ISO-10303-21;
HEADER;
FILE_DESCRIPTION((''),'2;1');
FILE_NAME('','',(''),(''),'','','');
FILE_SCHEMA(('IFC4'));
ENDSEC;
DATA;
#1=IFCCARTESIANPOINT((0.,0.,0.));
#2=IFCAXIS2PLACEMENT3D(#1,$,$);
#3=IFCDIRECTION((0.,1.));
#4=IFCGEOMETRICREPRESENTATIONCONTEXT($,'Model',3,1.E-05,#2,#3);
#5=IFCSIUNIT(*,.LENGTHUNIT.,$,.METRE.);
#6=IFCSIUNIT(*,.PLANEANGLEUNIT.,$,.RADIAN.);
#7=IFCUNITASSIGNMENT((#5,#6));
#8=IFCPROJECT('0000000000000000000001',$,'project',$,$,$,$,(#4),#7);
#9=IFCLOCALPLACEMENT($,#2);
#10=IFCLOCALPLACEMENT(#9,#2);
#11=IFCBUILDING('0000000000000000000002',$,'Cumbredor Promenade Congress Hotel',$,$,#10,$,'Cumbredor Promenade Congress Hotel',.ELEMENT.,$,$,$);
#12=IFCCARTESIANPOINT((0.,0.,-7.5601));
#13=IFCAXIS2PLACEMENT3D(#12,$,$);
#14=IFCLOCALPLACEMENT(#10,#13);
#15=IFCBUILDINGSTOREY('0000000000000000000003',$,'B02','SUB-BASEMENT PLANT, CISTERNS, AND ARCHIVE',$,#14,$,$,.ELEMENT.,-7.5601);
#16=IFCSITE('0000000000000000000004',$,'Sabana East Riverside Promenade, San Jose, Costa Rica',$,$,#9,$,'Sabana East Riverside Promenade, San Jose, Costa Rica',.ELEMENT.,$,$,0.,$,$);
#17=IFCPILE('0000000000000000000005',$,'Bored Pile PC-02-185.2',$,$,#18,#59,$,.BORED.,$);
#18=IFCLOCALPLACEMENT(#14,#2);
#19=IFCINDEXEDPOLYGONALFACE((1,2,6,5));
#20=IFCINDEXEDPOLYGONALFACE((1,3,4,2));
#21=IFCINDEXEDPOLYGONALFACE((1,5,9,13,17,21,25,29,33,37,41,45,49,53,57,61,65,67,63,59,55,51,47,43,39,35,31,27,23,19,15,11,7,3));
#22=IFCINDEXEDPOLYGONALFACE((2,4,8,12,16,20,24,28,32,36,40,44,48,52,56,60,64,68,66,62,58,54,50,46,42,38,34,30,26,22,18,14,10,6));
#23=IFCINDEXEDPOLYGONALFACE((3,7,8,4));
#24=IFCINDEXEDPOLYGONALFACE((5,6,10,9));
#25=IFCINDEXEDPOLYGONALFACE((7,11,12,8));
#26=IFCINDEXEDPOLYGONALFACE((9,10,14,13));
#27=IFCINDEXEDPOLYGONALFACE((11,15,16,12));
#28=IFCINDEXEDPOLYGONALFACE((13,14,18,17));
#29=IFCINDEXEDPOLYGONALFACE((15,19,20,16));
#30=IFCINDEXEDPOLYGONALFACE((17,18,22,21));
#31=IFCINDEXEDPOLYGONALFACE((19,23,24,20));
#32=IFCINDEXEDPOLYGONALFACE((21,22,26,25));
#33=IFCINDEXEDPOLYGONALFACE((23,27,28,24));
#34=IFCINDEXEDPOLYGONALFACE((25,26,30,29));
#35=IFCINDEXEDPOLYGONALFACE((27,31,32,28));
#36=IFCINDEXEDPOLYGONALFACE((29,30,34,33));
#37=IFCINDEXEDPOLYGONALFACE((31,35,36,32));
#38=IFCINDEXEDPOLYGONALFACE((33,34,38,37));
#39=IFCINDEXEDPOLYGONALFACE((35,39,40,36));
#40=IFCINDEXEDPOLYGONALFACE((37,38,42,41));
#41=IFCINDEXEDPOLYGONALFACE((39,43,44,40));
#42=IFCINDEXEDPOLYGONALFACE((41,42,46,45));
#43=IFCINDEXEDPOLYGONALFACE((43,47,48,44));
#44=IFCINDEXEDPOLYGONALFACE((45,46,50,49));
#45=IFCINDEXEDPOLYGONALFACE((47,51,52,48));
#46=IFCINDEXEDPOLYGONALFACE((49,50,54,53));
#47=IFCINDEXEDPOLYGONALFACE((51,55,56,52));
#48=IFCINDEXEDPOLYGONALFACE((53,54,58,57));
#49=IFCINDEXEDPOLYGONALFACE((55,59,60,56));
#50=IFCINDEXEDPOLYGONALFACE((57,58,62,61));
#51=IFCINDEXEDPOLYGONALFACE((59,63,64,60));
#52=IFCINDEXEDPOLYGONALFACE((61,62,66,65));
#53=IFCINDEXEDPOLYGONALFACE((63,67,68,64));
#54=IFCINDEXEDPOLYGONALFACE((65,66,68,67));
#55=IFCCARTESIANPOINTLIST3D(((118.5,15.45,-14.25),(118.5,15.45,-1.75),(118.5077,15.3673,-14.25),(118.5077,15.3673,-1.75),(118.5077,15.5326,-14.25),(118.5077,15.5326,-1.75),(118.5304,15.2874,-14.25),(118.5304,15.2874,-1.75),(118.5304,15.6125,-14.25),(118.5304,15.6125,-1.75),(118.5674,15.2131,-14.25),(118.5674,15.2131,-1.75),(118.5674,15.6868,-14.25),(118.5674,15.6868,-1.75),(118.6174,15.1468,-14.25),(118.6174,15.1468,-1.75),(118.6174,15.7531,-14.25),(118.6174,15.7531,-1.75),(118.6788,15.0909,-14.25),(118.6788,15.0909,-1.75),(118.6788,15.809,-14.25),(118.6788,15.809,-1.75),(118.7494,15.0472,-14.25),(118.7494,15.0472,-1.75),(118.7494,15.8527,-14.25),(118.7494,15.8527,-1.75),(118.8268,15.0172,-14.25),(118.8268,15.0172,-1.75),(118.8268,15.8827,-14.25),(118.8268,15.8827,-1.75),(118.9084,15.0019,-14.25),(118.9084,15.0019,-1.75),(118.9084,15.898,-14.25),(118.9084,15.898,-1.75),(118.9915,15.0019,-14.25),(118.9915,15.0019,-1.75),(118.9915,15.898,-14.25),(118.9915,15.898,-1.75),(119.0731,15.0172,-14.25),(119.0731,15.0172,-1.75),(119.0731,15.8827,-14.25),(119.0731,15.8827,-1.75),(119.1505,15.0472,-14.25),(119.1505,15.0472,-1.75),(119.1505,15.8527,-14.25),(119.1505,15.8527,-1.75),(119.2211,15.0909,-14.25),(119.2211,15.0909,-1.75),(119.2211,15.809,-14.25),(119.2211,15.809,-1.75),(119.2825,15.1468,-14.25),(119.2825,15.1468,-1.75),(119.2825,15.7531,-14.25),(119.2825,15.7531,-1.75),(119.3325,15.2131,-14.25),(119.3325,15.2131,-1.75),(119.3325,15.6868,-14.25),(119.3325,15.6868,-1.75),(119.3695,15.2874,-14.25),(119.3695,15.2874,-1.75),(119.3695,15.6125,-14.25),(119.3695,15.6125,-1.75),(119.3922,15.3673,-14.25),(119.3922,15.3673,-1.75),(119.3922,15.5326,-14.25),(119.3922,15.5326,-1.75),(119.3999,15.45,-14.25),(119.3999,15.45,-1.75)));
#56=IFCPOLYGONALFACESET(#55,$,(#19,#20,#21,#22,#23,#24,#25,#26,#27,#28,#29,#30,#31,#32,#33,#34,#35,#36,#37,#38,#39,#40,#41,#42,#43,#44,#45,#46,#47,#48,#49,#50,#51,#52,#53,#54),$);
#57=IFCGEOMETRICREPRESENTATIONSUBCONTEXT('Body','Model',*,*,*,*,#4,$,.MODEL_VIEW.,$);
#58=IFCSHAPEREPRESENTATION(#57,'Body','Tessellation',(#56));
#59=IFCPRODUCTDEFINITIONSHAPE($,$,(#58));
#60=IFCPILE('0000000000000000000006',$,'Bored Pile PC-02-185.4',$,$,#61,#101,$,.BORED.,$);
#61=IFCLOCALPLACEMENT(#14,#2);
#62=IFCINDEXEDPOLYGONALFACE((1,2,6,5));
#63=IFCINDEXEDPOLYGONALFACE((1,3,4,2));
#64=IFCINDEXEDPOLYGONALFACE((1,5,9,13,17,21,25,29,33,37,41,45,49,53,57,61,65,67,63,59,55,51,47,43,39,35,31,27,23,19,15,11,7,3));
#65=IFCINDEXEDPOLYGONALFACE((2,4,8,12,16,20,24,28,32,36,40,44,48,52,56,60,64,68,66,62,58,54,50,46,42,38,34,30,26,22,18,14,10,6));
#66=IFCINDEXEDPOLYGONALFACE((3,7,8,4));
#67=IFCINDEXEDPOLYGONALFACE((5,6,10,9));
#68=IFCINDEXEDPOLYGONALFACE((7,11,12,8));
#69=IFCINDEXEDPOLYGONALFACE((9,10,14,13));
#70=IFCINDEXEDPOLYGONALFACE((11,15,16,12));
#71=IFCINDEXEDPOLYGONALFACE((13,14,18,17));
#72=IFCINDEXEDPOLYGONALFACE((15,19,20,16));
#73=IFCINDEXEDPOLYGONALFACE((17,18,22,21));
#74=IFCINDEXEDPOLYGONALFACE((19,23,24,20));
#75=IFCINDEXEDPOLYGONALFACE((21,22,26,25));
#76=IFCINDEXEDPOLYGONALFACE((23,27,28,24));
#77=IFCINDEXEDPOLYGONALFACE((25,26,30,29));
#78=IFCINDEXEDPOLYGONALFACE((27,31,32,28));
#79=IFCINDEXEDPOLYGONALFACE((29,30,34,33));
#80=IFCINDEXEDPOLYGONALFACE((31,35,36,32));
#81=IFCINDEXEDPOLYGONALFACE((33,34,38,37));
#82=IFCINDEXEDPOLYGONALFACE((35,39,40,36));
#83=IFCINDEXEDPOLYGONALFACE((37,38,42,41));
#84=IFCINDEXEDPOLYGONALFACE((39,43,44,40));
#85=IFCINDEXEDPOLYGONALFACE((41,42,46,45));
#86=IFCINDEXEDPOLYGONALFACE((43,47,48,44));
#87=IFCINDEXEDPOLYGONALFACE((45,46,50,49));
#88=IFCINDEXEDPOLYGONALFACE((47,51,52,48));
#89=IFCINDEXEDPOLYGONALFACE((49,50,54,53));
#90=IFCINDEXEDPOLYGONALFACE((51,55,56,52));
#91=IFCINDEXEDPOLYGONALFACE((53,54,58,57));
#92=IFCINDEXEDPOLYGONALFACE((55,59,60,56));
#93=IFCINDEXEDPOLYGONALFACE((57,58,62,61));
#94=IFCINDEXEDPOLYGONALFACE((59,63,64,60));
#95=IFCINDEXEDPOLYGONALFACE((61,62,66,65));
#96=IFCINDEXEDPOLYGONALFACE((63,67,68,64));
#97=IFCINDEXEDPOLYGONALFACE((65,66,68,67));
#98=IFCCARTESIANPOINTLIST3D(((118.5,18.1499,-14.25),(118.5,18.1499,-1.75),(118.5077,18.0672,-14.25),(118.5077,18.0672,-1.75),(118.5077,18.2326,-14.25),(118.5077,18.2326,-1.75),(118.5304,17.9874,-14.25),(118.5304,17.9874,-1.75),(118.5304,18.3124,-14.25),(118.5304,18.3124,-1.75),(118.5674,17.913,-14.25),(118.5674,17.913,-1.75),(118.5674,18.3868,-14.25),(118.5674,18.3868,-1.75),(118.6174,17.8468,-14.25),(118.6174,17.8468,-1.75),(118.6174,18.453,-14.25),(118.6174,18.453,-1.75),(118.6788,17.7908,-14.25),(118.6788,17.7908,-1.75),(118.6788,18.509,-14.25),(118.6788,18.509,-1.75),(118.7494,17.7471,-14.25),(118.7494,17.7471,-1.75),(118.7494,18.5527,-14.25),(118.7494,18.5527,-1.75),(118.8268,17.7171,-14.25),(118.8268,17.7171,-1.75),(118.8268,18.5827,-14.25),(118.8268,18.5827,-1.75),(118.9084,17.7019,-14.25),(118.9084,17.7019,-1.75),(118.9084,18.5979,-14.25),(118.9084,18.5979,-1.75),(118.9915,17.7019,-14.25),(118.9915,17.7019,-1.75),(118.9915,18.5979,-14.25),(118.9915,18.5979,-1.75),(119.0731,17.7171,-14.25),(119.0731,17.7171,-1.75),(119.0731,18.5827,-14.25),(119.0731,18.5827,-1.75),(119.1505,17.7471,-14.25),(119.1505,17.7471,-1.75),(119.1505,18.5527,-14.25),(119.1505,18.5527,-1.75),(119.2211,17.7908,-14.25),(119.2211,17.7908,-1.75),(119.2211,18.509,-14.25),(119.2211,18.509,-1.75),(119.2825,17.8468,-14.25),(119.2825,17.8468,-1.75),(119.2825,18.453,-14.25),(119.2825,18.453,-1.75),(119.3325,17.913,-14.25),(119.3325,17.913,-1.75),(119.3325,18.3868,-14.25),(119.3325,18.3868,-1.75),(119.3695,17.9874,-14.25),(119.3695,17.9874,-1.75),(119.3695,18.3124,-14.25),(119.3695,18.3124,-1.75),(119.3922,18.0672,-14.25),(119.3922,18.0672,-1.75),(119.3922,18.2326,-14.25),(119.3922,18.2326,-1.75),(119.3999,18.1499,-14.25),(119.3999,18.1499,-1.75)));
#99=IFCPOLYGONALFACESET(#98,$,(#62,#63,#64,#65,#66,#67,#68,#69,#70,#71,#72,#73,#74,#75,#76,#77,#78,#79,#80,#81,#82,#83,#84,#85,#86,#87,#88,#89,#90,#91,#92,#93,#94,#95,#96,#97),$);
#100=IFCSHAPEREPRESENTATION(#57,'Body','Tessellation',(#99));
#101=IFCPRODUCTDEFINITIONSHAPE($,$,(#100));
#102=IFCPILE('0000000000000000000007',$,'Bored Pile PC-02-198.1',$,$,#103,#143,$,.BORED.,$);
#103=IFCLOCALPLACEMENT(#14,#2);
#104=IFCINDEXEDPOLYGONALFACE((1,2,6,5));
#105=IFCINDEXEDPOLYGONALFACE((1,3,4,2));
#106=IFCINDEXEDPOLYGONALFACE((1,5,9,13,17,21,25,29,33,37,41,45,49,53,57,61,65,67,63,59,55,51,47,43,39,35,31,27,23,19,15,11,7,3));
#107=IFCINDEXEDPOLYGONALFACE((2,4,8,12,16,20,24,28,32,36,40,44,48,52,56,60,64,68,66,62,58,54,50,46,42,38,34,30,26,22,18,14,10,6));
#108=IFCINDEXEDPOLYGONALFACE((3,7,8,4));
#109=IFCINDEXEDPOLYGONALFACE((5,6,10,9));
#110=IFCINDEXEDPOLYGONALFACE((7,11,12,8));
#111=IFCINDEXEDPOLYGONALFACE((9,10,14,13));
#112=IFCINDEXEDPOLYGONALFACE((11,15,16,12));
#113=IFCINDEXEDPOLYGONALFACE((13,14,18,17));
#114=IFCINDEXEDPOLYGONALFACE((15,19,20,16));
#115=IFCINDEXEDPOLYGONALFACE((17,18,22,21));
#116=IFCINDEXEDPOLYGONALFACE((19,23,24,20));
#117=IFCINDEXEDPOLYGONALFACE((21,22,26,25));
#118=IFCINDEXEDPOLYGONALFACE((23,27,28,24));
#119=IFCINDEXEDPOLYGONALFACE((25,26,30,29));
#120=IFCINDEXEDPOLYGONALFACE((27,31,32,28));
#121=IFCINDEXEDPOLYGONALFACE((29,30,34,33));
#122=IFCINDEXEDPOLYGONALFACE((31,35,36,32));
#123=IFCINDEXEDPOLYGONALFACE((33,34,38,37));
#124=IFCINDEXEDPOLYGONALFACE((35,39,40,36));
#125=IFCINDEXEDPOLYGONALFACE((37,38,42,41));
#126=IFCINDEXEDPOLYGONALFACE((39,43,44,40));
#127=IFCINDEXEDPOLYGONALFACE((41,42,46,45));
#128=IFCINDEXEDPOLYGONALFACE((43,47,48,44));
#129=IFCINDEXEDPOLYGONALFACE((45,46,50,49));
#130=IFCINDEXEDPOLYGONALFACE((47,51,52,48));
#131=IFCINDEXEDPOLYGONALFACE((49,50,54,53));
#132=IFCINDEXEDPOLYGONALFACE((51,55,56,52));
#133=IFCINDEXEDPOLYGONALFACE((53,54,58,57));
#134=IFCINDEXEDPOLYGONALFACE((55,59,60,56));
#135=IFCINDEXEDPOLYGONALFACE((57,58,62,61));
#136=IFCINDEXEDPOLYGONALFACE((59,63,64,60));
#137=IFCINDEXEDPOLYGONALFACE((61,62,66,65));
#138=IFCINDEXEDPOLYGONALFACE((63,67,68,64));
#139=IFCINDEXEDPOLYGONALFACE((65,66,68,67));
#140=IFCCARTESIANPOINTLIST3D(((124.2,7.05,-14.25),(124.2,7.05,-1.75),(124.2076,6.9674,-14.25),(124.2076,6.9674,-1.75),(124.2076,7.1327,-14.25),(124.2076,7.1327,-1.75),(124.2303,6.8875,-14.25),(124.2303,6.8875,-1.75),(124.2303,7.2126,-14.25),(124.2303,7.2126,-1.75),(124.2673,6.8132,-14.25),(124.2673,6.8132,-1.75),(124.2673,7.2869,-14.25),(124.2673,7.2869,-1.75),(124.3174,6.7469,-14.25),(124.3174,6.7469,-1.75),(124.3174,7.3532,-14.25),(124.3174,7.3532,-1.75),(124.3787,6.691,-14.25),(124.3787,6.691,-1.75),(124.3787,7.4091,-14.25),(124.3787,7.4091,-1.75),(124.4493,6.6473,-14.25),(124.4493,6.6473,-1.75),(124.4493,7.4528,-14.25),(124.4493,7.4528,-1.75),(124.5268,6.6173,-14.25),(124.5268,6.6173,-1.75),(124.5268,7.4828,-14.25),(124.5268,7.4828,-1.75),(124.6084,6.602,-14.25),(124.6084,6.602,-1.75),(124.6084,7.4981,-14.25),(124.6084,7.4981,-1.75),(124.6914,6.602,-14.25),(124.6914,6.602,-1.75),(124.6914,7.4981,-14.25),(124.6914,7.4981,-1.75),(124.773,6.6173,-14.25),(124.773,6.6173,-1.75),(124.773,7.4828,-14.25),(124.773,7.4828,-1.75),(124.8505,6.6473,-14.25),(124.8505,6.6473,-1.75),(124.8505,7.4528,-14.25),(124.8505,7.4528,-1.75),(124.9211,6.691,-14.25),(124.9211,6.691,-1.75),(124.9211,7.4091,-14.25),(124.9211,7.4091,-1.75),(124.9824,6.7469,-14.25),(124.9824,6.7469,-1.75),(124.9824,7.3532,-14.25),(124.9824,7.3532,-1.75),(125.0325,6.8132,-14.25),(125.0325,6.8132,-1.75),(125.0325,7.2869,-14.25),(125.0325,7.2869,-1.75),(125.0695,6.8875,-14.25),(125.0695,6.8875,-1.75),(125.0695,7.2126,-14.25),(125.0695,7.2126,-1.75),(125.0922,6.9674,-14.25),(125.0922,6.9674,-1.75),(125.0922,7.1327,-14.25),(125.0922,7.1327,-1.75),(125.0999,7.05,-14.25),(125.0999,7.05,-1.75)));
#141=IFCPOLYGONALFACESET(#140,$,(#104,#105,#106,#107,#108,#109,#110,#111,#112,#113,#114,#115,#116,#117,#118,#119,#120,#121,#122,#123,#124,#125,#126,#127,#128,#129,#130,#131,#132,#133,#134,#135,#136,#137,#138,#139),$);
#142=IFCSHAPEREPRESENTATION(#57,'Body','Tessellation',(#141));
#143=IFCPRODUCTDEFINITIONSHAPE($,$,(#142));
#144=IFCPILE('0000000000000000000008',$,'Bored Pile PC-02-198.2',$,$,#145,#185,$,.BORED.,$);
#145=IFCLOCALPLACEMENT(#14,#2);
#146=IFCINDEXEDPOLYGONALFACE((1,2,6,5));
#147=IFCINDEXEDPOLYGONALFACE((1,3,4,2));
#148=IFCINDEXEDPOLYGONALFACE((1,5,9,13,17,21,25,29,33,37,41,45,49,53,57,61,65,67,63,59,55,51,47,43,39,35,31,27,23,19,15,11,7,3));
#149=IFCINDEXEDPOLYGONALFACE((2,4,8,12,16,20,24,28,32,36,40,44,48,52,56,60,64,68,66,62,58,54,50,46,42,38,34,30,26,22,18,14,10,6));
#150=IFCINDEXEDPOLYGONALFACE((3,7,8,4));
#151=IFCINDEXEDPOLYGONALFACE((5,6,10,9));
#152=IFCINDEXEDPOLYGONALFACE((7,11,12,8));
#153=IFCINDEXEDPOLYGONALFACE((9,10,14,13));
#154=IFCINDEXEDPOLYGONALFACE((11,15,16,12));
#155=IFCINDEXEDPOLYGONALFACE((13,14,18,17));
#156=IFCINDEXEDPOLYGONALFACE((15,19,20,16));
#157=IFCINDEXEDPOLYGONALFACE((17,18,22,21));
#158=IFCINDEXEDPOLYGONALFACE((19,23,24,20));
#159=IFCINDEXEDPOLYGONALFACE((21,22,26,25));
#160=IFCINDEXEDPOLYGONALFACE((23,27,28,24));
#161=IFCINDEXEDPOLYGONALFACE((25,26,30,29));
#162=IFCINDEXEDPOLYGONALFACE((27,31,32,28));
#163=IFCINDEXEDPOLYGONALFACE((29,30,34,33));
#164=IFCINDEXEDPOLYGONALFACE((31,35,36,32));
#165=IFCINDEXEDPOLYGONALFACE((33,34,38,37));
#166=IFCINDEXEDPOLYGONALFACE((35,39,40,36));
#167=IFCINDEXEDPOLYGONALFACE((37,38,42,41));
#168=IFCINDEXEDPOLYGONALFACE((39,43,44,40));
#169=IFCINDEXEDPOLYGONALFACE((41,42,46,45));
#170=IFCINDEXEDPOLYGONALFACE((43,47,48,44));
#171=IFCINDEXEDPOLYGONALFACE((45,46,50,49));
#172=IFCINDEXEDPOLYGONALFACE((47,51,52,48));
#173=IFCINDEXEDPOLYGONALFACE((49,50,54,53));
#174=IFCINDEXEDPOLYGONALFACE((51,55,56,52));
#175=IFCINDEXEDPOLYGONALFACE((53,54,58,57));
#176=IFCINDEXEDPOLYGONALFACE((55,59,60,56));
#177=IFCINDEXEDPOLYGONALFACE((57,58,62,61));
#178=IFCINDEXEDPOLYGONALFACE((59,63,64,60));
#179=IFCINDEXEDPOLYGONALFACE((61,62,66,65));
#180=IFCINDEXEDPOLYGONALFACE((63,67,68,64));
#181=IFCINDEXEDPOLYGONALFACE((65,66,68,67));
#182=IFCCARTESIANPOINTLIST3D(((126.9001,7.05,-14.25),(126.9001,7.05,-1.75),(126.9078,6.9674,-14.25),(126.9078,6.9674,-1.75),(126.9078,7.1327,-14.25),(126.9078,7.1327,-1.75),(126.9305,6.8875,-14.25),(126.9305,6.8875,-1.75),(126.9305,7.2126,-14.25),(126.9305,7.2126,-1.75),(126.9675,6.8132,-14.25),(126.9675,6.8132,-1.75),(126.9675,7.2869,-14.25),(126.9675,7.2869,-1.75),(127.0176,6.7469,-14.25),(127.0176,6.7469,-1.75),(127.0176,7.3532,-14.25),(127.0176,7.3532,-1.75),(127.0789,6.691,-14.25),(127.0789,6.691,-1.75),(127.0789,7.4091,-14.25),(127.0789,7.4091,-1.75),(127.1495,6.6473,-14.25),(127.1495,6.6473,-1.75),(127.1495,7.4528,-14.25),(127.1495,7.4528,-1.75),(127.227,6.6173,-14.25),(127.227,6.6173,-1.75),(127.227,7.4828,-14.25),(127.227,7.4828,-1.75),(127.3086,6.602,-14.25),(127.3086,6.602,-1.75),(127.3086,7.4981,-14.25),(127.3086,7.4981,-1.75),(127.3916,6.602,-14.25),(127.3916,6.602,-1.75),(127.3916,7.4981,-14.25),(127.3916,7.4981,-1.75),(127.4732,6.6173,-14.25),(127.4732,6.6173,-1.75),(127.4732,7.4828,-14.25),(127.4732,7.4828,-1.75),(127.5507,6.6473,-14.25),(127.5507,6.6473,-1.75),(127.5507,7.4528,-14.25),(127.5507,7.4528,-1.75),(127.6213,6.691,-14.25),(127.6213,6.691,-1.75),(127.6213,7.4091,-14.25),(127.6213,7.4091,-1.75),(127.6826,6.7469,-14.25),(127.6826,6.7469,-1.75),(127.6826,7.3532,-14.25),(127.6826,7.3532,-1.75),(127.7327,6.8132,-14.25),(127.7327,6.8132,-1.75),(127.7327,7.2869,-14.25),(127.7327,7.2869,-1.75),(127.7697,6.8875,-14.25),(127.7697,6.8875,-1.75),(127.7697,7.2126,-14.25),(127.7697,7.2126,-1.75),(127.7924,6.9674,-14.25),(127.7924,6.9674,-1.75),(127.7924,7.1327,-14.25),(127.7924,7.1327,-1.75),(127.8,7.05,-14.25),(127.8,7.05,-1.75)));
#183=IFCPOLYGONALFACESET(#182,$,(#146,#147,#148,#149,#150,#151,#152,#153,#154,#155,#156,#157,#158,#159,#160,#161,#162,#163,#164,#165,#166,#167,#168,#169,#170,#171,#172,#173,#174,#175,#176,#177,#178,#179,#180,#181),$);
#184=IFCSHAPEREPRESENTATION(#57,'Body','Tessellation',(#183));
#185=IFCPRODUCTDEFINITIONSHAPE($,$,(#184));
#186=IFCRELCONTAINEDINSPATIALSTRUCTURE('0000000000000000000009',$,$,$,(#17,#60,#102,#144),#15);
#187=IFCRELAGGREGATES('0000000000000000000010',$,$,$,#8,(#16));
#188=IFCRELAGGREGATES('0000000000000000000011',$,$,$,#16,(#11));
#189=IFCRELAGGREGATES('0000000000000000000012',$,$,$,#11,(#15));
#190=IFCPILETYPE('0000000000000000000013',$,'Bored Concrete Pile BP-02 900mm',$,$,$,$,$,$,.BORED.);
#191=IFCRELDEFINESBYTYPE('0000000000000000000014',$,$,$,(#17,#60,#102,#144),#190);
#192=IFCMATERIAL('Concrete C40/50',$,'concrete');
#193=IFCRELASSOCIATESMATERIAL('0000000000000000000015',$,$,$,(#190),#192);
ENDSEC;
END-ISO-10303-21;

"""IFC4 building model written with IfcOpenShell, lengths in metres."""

from ifc_helpers import new_model, si_unit, direction, frame, origin, origin_2d, place, context, subcontext, project, spatial, circle, extrude, material, material_profile, profile_set, type_object, element, save


model = new_model("IFC4")

# Units and contexts
model_context = context("Model", 3, precision=1e-05, world=origin(), true_north=direction((0.0, 1.0)))
body_context = subcontext(model_context, "Body", "Model", "MODEL_VIEW")
ifc_project = project(units=[si_unit("LENGTHUNIT", "METRE"), si_unit("PLANEANGLEUNIT", "RADIAN")], contexts=[model_context])

# Site, building, storey
site_placement = place(None, origin())
site = spatial("IfcSite", under=ifc_project, at=site_placement, Name="Sabana East Riverside Promenade, San Jose, Costa Rica", LongName="Sabana East Riverside Promenade, San Jose, Costa Rica", CompositionType="ELEMENT", RefElevation=0.0)
building_placement = place(site_placement, origin())
building = spatial("IfcBuilding", under=site, at=building_placement, Name="Cumbredor Promenade Congress Hotel", LongName="Cumbredor Promenade Congress Hotel", CompositionType="ELEMENT")
storey_placement = place(building_placement, frame((0.0, 0.0, -7.5601)))
storey = spatial("IfcBuildingStorey", under=building, at=storey_placement, Name="B02", Description="SUB-BASEMENT PLANT, CISTERNS, AND ARCHIVE", CompositionType="ELEMENT", Elevation=-7.5601)

# Piles
ifc_material_1 = material(Name="Concrete C40/50", Category="concrete")
ifc_material_profile_1 = material_profile(ifc_material_1, circle(Radius=0.45, at=origin_2d()), Name="PILE D900")
ifc_profile_set_1 = profile_set([ifc_material_profile_1], Name="Concrete C40/50")
pile_type = type_object("IfcPileType", Name="Bored Concrete Pile BP-02 900mm", PredefinedType="BORED", material=ifc_profile_set_1)
for number, where, z_axis, x_axis, name in (
    (1, (118.95, 15.45, -1.75), (0.0, 0.0, -1.0), (1.0, 0.0, 0.0), "Bored Pile PC-02-185.2"),
    (2, (118.95, 18.1499, -1.75), (0.0, 0.0, -1.0), (1.0, 0.0, 0.0), "Bored Pile PC-02-185.4"),
    (3, (124.6499, 7.05, -1.75), (0.0, 0.0, -1.0), (1.0, 0.0, 0.0), "Bored Pile PC-02-198.1"),
    (4, (127.3501, 7.05, -1.75), (0.0, 0.0, -1.0), (1.0, 0.0, 0.0), "Bored Pile PC-02-198.2"),
):
    element("IfcPile", number, at=place(storey_placement, frame(where, z_axis=z_axis, x_axis=x_axis)), inside=storey, type_object=pile_type, Name=name, PredefinedType="BORED", context=body_context, shape_type="SweptSolid", body=[
        extrude(circle(Radius=0.45, at=origin_2d()), origin(), (0.0, 0.0, 1.0), 12.5),
    ])

save(model, "model.ifc")
